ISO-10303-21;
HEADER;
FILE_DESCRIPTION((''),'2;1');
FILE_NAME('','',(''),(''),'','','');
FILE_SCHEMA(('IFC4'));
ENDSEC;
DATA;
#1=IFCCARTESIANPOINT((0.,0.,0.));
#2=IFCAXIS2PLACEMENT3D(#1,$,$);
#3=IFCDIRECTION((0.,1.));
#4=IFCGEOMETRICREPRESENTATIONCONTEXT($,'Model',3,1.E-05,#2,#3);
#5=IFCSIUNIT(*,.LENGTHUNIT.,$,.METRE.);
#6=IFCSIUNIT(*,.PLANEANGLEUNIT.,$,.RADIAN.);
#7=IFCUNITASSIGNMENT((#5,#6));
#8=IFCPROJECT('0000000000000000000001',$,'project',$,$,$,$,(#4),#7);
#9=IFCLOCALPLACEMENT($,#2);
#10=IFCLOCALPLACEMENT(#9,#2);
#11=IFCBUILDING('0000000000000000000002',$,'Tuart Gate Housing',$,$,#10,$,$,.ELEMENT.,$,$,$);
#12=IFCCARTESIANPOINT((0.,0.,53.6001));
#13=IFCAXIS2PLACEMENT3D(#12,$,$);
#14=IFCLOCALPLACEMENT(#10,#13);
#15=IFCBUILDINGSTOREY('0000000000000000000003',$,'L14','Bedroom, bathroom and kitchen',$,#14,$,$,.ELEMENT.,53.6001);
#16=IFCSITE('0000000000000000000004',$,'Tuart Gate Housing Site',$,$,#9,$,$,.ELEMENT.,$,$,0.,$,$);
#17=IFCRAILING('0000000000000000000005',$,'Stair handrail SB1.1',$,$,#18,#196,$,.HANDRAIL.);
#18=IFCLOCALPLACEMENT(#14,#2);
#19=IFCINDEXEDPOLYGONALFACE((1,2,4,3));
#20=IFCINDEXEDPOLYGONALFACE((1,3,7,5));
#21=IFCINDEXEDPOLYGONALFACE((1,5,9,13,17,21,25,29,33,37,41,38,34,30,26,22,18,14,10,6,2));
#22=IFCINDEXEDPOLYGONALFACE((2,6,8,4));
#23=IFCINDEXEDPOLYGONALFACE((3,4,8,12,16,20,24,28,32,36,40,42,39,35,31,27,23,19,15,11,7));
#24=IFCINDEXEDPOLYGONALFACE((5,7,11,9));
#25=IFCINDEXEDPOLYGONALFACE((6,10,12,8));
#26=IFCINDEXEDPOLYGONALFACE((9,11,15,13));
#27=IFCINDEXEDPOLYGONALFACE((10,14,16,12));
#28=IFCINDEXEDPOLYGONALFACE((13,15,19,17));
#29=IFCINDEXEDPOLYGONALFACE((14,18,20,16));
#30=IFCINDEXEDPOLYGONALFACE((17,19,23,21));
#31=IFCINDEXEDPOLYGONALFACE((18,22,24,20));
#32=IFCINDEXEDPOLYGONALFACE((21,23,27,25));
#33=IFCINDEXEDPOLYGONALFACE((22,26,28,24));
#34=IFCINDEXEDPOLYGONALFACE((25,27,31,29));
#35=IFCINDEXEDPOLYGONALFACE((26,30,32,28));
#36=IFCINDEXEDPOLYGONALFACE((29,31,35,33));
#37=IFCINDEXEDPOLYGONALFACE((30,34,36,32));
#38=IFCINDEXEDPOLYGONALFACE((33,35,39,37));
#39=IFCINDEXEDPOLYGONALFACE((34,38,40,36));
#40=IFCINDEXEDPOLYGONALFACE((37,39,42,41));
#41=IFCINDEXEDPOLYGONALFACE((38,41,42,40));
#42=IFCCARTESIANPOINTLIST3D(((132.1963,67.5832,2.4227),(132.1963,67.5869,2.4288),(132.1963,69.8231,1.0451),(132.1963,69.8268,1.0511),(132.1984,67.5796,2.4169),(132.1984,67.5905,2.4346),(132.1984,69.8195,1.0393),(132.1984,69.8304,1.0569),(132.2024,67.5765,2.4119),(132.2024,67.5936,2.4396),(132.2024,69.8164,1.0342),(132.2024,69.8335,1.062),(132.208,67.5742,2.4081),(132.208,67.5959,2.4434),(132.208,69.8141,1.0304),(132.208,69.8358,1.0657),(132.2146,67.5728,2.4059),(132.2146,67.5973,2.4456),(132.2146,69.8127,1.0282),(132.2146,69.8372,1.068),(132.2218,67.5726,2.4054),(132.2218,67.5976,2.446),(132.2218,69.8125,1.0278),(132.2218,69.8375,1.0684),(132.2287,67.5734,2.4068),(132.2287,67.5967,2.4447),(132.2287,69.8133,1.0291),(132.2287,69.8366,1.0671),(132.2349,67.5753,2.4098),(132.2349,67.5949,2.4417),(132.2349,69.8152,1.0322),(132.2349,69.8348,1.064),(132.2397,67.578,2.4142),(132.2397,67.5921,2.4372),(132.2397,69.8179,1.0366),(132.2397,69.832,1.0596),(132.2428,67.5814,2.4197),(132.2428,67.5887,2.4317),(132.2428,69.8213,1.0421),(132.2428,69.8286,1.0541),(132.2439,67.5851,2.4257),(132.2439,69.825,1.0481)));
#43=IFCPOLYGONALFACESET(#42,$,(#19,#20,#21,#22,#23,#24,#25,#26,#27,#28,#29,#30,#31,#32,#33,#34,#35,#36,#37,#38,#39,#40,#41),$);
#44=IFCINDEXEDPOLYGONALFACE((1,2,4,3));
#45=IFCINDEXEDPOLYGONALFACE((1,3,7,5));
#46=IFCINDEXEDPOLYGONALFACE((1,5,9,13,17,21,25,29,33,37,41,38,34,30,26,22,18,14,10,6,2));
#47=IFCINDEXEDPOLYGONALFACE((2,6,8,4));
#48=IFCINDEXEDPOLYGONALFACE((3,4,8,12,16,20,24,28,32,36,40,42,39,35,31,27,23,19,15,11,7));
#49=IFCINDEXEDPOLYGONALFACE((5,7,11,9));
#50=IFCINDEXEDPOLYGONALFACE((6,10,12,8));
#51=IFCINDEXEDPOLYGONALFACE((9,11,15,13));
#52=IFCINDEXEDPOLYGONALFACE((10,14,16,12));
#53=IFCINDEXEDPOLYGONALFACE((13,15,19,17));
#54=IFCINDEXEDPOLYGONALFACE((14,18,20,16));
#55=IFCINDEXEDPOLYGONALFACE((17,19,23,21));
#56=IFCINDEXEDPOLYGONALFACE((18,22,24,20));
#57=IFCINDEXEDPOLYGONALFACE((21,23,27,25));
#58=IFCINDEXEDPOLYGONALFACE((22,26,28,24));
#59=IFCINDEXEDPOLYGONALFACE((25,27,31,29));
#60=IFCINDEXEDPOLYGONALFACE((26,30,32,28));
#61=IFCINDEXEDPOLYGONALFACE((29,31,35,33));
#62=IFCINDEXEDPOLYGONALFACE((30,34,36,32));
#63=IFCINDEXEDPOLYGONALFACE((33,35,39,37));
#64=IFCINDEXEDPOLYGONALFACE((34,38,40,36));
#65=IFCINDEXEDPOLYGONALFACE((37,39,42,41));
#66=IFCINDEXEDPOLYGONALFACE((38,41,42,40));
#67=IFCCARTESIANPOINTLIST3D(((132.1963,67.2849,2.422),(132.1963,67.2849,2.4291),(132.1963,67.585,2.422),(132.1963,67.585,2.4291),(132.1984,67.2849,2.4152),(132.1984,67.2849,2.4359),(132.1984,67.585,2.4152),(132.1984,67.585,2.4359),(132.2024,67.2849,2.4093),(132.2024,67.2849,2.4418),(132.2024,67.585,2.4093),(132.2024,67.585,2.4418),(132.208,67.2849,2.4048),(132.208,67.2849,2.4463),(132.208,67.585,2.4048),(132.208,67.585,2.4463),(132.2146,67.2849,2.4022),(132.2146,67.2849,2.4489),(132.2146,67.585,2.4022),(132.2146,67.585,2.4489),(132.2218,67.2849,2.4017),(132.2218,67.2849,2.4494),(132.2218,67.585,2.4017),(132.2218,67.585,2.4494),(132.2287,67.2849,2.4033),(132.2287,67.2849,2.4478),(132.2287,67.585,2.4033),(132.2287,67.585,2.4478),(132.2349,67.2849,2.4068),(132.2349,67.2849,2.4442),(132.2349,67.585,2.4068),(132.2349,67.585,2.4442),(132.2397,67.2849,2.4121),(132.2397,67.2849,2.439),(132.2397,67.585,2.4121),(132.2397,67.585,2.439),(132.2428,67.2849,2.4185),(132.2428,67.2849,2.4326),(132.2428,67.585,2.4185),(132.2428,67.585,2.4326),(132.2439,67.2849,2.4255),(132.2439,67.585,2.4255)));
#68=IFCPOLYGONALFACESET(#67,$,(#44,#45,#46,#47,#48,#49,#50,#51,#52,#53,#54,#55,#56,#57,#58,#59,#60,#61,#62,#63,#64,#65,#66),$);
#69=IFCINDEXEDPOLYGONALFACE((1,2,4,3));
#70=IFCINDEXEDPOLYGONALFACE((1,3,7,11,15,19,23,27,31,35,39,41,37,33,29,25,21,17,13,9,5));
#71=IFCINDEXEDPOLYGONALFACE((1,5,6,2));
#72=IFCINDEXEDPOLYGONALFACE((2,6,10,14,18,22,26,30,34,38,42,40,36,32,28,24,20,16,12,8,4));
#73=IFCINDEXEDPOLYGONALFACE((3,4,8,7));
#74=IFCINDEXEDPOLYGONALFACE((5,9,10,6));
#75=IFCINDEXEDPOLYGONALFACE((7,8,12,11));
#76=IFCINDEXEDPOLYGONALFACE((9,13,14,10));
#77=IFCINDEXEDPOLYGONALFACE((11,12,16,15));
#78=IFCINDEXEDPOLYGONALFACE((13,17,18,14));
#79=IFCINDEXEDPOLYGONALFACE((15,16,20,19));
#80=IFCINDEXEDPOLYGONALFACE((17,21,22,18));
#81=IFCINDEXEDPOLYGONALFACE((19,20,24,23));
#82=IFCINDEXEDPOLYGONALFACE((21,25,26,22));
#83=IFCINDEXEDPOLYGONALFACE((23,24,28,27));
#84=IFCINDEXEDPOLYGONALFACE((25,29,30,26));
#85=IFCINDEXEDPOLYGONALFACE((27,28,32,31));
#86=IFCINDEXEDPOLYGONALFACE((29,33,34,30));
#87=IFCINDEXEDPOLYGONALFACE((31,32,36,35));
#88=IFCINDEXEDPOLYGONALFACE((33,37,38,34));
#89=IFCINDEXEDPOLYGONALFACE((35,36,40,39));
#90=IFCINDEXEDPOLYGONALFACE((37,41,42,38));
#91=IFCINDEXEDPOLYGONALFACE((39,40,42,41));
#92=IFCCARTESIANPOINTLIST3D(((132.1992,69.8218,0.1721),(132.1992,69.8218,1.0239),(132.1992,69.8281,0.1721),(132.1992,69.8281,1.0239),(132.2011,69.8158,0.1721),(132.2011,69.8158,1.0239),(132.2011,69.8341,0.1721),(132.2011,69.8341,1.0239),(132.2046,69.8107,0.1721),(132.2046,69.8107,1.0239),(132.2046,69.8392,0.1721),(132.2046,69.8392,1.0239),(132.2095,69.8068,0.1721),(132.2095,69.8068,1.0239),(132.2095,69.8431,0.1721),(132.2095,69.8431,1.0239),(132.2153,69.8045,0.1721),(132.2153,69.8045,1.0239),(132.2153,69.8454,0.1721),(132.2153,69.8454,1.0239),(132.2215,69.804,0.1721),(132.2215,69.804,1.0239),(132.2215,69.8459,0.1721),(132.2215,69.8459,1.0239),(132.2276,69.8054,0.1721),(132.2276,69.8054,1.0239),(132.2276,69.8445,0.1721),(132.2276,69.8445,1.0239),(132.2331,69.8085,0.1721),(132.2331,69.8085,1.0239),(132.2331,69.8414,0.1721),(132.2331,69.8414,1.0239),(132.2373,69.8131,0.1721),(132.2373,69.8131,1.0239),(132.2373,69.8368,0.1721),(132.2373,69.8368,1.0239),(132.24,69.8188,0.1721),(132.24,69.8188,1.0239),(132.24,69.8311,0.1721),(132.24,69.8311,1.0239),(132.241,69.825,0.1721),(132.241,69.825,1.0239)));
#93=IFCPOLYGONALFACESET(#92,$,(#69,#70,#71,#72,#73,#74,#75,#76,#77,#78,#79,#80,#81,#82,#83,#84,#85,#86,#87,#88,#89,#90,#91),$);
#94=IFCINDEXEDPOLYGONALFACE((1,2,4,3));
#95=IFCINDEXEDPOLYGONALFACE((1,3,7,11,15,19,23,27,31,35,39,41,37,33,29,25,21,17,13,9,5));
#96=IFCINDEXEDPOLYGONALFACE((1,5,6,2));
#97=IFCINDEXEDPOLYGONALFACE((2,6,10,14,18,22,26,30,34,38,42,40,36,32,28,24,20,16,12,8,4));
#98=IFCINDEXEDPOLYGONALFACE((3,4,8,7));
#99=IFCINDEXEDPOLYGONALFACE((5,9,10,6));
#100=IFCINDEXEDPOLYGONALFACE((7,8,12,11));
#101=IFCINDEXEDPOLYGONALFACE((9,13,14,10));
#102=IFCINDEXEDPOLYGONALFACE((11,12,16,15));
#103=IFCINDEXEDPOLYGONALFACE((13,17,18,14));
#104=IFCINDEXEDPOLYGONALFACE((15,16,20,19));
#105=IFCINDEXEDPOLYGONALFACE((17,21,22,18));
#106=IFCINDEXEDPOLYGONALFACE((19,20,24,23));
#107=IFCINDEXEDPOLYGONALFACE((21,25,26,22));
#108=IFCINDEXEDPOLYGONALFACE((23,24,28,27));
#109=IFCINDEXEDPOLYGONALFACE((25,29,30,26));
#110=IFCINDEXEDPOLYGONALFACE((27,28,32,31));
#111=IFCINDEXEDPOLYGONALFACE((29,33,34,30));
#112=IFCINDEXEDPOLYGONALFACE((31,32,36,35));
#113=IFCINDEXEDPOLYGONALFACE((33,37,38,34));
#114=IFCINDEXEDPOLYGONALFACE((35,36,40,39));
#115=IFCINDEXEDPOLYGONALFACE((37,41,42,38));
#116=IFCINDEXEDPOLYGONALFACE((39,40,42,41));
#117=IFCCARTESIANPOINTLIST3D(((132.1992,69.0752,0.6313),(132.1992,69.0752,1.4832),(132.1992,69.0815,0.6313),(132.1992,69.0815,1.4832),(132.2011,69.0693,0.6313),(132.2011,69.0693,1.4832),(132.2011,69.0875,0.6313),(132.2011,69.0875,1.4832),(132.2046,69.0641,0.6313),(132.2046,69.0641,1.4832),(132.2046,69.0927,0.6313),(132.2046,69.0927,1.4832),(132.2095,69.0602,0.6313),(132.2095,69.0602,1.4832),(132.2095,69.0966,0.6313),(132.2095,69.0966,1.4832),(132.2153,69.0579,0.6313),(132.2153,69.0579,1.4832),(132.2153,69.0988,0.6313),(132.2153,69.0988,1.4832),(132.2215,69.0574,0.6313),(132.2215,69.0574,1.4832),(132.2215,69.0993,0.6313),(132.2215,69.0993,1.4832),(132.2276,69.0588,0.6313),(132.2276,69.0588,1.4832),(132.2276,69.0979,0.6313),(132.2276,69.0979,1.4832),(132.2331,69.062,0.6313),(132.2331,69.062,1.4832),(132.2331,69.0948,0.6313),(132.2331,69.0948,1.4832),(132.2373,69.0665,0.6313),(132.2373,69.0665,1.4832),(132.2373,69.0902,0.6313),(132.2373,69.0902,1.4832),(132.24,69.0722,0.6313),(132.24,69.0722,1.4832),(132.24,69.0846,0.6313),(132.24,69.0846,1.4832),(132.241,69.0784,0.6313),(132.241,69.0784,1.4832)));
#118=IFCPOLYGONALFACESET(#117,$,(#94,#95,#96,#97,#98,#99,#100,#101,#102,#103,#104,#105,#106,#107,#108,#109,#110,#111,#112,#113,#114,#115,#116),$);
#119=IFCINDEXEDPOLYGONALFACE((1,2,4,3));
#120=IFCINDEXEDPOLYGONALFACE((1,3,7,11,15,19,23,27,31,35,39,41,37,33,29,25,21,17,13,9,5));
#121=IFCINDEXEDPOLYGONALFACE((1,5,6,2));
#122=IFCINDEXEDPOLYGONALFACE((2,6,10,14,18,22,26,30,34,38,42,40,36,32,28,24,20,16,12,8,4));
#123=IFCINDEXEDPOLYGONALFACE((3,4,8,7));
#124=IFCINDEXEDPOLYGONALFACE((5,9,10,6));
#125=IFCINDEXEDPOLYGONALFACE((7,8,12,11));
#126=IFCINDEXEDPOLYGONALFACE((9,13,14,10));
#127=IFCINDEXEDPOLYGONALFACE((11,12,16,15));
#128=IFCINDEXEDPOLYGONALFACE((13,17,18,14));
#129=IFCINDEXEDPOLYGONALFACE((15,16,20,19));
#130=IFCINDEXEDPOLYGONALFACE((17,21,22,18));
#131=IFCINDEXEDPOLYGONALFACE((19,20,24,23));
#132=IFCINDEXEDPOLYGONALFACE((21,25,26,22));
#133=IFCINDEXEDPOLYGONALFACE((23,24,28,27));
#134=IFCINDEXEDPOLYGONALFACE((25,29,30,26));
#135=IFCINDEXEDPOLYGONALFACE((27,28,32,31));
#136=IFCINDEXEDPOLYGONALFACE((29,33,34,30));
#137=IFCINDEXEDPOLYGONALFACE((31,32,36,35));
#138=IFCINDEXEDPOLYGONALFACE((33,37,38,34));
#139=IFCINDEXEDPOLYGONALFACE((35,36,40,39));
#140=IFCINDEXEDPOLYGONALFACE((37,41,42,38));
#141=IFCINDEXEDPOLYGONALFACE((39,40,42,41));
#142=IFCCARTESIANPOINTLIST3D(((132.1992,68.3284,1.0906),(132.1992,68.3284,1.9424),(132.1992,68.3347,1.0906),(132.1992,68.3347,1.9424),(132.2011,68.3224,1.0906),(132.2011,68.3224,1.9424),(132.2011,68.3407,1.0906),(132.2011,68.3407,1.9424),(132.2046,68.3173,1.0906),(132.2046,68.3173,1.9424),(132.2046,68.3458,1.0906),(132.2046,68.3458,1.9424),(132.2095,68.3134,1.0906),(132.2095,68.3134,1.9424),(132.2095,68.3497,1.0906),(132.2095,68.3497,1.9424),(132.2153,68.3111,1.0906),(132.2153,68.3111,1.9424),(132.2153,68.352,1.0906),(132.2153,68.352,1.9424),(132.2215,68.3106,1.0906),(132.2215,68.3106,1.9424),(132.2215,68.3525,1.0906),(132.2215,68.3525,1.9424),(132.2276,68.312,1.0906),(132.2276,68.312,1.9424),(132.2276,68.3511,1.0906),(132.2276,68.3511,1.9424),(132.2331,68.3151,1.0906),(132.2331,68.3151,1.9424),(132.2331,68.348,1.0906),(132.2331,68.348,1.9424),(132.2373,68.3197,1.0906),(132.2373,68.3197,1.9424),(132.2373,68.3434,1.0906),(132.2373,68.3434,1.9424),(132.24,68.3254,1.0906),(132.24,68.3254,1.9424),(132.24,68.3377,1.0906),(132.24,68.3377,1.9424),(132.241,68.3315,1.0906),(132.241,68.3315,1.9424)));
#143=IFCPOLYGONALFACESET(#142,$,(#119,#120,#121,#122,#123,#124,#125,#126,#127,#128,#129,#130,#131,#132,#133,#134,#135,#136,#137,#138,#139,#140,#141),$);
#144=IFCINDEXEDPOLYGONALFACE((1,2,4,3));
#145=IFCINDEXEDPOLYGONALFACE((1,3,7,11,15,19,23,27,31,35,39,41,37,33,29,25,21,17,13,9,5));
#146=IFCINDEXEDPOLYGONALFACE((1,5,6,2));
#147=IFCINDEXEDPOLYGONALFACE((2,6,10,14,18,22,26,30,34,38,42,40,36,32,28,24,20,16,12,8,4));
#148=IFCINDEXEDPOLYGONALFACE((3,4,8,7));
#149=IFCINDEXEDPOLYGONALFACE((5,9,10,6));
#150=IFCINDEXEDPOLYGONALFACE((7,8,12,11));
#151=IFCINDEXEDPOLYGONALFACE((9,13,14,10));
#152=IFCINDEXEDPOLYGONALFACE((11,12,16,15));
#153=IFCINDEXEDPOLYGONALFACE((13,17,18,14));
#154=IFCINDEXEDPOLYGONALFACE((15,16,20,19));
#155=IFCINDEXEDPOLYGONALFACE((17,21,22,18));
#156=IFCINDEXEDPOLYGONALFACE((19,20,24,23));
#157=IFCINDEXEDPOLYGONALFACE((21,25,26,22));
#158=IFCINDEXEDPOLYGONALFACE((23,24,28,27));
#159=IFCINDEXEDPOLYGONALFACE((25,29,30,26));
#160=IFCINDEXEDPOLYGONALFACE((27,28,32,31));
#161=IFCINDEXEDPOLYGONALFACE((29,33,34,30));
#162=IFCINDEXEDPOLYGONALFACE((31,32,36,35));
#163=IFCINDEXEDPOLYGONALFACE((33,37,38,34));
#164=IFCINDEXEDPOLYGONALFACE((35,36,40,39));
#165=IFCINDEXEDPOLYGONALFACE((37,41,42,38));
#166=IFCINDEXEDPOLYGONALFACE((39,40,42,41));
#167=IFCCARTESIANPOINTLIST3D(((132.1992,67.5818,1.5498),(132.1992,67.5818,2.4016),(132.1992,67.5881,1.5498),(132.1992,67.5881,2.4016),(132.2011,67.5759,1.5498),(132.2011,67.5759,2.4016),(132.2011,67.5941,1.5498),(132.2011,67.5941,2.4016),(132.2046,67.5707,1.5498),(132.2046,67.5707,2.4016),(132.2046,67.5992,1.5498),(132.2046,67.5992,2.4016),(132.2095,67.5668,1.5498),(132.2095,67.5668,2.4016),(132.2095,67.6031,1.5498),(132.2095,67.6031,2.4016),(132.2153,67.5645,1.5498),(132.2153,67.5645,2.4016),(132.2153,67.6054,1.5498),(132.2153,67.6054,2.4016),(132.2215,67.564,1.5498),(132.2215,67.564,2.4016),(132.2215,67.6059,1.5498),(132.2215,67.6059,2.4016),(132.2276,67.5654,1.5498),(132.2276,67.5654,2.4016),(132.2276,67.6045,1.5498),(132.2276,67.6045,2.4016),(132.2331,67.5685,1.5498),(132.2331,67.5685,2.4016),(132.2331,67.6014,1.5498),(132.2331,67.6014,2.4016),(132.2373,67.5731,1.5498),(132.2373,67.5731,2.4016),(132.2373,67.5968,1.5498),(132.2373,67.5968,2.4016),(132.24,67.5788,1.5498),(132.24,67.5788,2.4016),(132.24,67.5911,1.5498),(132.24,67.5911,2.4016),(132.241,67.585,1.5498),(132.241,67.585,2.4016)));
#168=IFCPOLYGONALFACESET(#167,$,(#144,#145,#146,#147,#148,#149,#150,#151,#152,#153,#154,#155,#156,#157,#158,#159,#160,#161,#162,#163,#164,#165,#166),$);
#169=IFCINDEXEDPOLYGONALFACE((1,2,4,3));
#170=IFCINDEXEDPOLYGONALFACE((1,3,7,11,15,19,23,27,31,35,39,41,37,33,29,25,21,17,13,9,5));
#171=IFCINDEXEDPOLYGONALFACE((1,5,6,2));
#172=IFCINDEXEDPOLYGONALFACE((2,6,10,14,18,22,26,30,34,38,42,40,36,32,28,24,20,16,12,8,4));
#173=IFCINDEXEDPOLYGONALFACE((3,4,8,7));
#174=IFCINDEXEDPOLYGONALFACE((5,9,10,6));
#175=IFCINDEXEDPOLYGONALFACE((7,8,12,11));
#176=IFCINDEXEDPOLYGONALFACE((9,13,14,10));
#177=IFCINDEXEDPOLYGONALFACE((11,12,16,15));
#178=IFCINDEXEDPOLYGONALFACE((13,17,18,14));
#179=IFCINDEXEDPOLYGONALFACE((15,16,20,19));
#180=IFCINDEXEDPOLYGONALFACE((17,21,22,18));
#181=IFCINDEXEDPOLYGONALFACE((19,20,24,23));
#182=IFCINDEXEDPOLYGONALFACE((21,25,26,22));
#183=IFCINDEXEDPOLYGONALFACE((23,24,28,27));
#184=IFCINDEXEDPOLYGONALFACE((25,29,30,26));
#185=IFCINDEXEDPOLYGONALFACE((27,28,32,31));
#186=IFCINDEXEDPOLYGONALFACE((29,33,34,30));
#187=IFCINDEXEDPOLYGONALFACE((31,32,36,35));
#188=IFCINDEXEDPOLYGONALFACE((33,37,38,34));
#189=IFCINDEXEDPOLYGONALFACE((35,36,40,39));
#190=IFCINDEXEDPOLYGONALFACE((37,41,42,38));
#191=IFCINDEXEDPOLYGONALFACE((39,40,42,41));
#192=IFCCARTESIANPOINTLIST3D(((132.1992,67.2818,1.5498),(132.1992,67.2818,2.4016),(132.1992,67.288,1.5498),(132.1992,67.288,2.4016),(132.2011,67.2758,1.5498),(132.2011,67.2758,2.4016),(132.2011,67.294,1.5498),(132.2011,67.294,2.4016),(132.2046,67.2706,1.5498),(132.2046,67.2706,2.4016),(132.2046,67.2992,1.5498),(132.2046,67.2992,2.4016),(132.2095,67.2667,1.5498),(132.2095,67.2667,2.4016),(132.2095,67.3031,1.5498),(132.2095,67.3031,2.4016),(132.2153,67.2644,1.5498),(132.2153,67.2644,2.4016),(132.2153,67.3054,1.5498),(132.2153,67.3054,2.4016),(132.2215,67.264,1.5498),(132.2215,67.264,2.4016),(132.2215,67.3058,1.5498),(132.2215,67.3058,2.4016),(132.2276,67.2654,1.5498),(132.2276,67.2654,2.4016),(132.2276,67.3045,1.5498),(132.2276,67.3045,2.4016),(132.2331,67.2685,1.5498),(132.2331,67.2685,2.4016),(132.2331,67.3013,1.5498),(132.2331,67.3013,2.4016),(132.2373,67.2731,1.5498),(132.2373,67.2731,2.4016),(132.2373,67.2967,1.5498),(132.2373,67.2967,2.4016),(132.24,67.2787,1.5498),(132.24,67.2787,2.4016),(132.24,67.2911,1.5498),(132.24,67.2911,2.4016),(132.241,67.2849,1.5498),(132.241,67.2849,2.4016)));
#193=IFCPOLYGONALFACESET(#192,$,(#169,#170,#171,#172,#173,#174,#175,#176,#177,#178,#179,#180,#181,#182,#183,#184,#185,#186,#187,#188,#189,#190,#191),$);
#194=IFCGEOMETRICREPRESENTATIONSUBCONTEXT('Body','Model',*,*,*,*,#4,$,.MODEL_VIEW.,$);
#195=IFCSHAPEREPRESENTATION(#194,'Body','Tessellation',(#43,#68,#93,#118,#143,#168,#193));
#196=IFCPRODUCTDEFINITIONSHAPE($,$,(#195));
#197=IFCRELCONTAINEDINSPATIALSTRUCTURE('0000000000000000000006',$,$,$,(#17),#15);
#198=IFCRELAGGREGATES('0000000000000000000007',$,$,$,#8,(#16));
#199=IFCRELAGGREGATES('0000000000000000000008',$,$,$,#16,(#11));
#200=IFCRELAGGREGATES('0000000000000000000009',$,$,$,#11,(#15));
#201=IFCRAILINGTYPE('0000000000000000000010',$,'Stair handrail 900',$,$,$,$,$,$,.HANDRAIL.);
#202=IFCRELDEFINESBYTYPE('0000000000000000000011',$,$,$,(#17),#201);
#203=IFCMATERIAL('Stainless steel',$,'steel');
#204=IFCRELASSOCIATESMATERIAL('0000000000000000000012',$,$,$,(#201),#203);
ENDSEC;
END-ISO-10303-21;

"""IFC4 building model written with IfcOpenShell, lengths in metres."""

from ifc_helpers import new_model, si_unit, direction, frame, origin, origin_2d, place, context, subcontext, project, spatial, circle, extrude, material, type_object, element, save


model = new_model("IFC4")

# Units and contexts
model_context = context("Model", 3, precision=1e-05, world=origin(), true_north=direction((0.0, 1.0)))
body_context = subcontext(model_context, "Body", "Model", "MODEL_VIEW")
ifc_project = project(units=[si_unit("LENGTHUNIT", "METRE"), si_unit("PLANEANGLEUNIT", "RADIAN")], contexts=[model_context])

# Site, building, storey
site_placement = place(None, origin())
site = spatial("IfcSite", under=ifc_project, at=site_placement, Name="Tuart Gate Housing Site", CompositionType="ELEMENT", RefElevation=0.0)
building_placement = place(site_placement, origin())
building = spatial("IfcBuilding", under=site, at=building_placement, Name="Tuart Gate Housing", CompositionType="ELEMENT")
storey_placement = place(building_placement, frame((0.0, 0.0, 53.6001)))
storey = spatial("IfcBuildingStorey", under=building, at=storey_placement, Name="L14", Description="Bedroom, bathroom and kitchen", CompositionType="ELEMENT", Elevation=53.6001)

# Railing
ifc_material_1 = material(Name="Stainless steel", Category="steel")
railing_type = type_object("IfcRailingType", Name="Stair handrail 900", PredefinedType="HANDRAIL", material=ifc_material_1)
railing_placement = place(storey_placement, frame((132.22, 69.825, 0.1721)))
element("IfcRailing", 1, at=railing_placement, inside=storey, type_object=railing_type, Name="Stair handrail SB1.1", PredefinedType="HANDRAIL", context=body_context, shape_type="SweptSolid", body=[
    extrude(circle(Radius=0.0239, at=origin_2d()), frame((0.0, 0.0, 0.876), z_axis=(0.0, -0.851789, 0.523885), x_axis=(1.0, 0.0, 0.0)), (0.0, 0.0, 1.0), 2.6296),
    extrude(circle(Radius=0.0239, at=origin_2d()), frame((0.0, -2.24, 2.2534), z_axis=(0.0, -1.0, 0.0), x_axis=(1.0, 0.0, 0.0)), (0.0, 0.0, 1.0), 0.3),
    extrude(circle(Radius=0.021, at=origin_2d()), origin(), (0.0, 0.0, 1.0), 0.8518),
    extrude(circle(Radius=0.021, at=origin_2d()), frame((0.0, -0.7466, 0.4592)), (0.0, 0.0, 1.0), 0.8518),
    extrude(circle(Radius=0.021, at=origin_2d()), frame((0.0, -1.4934, 0.9185)), (0.0, 0.0, 1.0), 0.8518),
    extrude(circle(Radius=0.021, at=origin_2d()), frame((0.0, -2.24, 1.3777)), (0.0, 0.0, 1.0), 0.8518),
    extrude(circle(Radius=0.021, at=origin_2d()), frame((0.0, -2.54, 1.3777)), (0.0, 0.0, 1.0), 0.8518),
])

save(model, "model.ifc")
